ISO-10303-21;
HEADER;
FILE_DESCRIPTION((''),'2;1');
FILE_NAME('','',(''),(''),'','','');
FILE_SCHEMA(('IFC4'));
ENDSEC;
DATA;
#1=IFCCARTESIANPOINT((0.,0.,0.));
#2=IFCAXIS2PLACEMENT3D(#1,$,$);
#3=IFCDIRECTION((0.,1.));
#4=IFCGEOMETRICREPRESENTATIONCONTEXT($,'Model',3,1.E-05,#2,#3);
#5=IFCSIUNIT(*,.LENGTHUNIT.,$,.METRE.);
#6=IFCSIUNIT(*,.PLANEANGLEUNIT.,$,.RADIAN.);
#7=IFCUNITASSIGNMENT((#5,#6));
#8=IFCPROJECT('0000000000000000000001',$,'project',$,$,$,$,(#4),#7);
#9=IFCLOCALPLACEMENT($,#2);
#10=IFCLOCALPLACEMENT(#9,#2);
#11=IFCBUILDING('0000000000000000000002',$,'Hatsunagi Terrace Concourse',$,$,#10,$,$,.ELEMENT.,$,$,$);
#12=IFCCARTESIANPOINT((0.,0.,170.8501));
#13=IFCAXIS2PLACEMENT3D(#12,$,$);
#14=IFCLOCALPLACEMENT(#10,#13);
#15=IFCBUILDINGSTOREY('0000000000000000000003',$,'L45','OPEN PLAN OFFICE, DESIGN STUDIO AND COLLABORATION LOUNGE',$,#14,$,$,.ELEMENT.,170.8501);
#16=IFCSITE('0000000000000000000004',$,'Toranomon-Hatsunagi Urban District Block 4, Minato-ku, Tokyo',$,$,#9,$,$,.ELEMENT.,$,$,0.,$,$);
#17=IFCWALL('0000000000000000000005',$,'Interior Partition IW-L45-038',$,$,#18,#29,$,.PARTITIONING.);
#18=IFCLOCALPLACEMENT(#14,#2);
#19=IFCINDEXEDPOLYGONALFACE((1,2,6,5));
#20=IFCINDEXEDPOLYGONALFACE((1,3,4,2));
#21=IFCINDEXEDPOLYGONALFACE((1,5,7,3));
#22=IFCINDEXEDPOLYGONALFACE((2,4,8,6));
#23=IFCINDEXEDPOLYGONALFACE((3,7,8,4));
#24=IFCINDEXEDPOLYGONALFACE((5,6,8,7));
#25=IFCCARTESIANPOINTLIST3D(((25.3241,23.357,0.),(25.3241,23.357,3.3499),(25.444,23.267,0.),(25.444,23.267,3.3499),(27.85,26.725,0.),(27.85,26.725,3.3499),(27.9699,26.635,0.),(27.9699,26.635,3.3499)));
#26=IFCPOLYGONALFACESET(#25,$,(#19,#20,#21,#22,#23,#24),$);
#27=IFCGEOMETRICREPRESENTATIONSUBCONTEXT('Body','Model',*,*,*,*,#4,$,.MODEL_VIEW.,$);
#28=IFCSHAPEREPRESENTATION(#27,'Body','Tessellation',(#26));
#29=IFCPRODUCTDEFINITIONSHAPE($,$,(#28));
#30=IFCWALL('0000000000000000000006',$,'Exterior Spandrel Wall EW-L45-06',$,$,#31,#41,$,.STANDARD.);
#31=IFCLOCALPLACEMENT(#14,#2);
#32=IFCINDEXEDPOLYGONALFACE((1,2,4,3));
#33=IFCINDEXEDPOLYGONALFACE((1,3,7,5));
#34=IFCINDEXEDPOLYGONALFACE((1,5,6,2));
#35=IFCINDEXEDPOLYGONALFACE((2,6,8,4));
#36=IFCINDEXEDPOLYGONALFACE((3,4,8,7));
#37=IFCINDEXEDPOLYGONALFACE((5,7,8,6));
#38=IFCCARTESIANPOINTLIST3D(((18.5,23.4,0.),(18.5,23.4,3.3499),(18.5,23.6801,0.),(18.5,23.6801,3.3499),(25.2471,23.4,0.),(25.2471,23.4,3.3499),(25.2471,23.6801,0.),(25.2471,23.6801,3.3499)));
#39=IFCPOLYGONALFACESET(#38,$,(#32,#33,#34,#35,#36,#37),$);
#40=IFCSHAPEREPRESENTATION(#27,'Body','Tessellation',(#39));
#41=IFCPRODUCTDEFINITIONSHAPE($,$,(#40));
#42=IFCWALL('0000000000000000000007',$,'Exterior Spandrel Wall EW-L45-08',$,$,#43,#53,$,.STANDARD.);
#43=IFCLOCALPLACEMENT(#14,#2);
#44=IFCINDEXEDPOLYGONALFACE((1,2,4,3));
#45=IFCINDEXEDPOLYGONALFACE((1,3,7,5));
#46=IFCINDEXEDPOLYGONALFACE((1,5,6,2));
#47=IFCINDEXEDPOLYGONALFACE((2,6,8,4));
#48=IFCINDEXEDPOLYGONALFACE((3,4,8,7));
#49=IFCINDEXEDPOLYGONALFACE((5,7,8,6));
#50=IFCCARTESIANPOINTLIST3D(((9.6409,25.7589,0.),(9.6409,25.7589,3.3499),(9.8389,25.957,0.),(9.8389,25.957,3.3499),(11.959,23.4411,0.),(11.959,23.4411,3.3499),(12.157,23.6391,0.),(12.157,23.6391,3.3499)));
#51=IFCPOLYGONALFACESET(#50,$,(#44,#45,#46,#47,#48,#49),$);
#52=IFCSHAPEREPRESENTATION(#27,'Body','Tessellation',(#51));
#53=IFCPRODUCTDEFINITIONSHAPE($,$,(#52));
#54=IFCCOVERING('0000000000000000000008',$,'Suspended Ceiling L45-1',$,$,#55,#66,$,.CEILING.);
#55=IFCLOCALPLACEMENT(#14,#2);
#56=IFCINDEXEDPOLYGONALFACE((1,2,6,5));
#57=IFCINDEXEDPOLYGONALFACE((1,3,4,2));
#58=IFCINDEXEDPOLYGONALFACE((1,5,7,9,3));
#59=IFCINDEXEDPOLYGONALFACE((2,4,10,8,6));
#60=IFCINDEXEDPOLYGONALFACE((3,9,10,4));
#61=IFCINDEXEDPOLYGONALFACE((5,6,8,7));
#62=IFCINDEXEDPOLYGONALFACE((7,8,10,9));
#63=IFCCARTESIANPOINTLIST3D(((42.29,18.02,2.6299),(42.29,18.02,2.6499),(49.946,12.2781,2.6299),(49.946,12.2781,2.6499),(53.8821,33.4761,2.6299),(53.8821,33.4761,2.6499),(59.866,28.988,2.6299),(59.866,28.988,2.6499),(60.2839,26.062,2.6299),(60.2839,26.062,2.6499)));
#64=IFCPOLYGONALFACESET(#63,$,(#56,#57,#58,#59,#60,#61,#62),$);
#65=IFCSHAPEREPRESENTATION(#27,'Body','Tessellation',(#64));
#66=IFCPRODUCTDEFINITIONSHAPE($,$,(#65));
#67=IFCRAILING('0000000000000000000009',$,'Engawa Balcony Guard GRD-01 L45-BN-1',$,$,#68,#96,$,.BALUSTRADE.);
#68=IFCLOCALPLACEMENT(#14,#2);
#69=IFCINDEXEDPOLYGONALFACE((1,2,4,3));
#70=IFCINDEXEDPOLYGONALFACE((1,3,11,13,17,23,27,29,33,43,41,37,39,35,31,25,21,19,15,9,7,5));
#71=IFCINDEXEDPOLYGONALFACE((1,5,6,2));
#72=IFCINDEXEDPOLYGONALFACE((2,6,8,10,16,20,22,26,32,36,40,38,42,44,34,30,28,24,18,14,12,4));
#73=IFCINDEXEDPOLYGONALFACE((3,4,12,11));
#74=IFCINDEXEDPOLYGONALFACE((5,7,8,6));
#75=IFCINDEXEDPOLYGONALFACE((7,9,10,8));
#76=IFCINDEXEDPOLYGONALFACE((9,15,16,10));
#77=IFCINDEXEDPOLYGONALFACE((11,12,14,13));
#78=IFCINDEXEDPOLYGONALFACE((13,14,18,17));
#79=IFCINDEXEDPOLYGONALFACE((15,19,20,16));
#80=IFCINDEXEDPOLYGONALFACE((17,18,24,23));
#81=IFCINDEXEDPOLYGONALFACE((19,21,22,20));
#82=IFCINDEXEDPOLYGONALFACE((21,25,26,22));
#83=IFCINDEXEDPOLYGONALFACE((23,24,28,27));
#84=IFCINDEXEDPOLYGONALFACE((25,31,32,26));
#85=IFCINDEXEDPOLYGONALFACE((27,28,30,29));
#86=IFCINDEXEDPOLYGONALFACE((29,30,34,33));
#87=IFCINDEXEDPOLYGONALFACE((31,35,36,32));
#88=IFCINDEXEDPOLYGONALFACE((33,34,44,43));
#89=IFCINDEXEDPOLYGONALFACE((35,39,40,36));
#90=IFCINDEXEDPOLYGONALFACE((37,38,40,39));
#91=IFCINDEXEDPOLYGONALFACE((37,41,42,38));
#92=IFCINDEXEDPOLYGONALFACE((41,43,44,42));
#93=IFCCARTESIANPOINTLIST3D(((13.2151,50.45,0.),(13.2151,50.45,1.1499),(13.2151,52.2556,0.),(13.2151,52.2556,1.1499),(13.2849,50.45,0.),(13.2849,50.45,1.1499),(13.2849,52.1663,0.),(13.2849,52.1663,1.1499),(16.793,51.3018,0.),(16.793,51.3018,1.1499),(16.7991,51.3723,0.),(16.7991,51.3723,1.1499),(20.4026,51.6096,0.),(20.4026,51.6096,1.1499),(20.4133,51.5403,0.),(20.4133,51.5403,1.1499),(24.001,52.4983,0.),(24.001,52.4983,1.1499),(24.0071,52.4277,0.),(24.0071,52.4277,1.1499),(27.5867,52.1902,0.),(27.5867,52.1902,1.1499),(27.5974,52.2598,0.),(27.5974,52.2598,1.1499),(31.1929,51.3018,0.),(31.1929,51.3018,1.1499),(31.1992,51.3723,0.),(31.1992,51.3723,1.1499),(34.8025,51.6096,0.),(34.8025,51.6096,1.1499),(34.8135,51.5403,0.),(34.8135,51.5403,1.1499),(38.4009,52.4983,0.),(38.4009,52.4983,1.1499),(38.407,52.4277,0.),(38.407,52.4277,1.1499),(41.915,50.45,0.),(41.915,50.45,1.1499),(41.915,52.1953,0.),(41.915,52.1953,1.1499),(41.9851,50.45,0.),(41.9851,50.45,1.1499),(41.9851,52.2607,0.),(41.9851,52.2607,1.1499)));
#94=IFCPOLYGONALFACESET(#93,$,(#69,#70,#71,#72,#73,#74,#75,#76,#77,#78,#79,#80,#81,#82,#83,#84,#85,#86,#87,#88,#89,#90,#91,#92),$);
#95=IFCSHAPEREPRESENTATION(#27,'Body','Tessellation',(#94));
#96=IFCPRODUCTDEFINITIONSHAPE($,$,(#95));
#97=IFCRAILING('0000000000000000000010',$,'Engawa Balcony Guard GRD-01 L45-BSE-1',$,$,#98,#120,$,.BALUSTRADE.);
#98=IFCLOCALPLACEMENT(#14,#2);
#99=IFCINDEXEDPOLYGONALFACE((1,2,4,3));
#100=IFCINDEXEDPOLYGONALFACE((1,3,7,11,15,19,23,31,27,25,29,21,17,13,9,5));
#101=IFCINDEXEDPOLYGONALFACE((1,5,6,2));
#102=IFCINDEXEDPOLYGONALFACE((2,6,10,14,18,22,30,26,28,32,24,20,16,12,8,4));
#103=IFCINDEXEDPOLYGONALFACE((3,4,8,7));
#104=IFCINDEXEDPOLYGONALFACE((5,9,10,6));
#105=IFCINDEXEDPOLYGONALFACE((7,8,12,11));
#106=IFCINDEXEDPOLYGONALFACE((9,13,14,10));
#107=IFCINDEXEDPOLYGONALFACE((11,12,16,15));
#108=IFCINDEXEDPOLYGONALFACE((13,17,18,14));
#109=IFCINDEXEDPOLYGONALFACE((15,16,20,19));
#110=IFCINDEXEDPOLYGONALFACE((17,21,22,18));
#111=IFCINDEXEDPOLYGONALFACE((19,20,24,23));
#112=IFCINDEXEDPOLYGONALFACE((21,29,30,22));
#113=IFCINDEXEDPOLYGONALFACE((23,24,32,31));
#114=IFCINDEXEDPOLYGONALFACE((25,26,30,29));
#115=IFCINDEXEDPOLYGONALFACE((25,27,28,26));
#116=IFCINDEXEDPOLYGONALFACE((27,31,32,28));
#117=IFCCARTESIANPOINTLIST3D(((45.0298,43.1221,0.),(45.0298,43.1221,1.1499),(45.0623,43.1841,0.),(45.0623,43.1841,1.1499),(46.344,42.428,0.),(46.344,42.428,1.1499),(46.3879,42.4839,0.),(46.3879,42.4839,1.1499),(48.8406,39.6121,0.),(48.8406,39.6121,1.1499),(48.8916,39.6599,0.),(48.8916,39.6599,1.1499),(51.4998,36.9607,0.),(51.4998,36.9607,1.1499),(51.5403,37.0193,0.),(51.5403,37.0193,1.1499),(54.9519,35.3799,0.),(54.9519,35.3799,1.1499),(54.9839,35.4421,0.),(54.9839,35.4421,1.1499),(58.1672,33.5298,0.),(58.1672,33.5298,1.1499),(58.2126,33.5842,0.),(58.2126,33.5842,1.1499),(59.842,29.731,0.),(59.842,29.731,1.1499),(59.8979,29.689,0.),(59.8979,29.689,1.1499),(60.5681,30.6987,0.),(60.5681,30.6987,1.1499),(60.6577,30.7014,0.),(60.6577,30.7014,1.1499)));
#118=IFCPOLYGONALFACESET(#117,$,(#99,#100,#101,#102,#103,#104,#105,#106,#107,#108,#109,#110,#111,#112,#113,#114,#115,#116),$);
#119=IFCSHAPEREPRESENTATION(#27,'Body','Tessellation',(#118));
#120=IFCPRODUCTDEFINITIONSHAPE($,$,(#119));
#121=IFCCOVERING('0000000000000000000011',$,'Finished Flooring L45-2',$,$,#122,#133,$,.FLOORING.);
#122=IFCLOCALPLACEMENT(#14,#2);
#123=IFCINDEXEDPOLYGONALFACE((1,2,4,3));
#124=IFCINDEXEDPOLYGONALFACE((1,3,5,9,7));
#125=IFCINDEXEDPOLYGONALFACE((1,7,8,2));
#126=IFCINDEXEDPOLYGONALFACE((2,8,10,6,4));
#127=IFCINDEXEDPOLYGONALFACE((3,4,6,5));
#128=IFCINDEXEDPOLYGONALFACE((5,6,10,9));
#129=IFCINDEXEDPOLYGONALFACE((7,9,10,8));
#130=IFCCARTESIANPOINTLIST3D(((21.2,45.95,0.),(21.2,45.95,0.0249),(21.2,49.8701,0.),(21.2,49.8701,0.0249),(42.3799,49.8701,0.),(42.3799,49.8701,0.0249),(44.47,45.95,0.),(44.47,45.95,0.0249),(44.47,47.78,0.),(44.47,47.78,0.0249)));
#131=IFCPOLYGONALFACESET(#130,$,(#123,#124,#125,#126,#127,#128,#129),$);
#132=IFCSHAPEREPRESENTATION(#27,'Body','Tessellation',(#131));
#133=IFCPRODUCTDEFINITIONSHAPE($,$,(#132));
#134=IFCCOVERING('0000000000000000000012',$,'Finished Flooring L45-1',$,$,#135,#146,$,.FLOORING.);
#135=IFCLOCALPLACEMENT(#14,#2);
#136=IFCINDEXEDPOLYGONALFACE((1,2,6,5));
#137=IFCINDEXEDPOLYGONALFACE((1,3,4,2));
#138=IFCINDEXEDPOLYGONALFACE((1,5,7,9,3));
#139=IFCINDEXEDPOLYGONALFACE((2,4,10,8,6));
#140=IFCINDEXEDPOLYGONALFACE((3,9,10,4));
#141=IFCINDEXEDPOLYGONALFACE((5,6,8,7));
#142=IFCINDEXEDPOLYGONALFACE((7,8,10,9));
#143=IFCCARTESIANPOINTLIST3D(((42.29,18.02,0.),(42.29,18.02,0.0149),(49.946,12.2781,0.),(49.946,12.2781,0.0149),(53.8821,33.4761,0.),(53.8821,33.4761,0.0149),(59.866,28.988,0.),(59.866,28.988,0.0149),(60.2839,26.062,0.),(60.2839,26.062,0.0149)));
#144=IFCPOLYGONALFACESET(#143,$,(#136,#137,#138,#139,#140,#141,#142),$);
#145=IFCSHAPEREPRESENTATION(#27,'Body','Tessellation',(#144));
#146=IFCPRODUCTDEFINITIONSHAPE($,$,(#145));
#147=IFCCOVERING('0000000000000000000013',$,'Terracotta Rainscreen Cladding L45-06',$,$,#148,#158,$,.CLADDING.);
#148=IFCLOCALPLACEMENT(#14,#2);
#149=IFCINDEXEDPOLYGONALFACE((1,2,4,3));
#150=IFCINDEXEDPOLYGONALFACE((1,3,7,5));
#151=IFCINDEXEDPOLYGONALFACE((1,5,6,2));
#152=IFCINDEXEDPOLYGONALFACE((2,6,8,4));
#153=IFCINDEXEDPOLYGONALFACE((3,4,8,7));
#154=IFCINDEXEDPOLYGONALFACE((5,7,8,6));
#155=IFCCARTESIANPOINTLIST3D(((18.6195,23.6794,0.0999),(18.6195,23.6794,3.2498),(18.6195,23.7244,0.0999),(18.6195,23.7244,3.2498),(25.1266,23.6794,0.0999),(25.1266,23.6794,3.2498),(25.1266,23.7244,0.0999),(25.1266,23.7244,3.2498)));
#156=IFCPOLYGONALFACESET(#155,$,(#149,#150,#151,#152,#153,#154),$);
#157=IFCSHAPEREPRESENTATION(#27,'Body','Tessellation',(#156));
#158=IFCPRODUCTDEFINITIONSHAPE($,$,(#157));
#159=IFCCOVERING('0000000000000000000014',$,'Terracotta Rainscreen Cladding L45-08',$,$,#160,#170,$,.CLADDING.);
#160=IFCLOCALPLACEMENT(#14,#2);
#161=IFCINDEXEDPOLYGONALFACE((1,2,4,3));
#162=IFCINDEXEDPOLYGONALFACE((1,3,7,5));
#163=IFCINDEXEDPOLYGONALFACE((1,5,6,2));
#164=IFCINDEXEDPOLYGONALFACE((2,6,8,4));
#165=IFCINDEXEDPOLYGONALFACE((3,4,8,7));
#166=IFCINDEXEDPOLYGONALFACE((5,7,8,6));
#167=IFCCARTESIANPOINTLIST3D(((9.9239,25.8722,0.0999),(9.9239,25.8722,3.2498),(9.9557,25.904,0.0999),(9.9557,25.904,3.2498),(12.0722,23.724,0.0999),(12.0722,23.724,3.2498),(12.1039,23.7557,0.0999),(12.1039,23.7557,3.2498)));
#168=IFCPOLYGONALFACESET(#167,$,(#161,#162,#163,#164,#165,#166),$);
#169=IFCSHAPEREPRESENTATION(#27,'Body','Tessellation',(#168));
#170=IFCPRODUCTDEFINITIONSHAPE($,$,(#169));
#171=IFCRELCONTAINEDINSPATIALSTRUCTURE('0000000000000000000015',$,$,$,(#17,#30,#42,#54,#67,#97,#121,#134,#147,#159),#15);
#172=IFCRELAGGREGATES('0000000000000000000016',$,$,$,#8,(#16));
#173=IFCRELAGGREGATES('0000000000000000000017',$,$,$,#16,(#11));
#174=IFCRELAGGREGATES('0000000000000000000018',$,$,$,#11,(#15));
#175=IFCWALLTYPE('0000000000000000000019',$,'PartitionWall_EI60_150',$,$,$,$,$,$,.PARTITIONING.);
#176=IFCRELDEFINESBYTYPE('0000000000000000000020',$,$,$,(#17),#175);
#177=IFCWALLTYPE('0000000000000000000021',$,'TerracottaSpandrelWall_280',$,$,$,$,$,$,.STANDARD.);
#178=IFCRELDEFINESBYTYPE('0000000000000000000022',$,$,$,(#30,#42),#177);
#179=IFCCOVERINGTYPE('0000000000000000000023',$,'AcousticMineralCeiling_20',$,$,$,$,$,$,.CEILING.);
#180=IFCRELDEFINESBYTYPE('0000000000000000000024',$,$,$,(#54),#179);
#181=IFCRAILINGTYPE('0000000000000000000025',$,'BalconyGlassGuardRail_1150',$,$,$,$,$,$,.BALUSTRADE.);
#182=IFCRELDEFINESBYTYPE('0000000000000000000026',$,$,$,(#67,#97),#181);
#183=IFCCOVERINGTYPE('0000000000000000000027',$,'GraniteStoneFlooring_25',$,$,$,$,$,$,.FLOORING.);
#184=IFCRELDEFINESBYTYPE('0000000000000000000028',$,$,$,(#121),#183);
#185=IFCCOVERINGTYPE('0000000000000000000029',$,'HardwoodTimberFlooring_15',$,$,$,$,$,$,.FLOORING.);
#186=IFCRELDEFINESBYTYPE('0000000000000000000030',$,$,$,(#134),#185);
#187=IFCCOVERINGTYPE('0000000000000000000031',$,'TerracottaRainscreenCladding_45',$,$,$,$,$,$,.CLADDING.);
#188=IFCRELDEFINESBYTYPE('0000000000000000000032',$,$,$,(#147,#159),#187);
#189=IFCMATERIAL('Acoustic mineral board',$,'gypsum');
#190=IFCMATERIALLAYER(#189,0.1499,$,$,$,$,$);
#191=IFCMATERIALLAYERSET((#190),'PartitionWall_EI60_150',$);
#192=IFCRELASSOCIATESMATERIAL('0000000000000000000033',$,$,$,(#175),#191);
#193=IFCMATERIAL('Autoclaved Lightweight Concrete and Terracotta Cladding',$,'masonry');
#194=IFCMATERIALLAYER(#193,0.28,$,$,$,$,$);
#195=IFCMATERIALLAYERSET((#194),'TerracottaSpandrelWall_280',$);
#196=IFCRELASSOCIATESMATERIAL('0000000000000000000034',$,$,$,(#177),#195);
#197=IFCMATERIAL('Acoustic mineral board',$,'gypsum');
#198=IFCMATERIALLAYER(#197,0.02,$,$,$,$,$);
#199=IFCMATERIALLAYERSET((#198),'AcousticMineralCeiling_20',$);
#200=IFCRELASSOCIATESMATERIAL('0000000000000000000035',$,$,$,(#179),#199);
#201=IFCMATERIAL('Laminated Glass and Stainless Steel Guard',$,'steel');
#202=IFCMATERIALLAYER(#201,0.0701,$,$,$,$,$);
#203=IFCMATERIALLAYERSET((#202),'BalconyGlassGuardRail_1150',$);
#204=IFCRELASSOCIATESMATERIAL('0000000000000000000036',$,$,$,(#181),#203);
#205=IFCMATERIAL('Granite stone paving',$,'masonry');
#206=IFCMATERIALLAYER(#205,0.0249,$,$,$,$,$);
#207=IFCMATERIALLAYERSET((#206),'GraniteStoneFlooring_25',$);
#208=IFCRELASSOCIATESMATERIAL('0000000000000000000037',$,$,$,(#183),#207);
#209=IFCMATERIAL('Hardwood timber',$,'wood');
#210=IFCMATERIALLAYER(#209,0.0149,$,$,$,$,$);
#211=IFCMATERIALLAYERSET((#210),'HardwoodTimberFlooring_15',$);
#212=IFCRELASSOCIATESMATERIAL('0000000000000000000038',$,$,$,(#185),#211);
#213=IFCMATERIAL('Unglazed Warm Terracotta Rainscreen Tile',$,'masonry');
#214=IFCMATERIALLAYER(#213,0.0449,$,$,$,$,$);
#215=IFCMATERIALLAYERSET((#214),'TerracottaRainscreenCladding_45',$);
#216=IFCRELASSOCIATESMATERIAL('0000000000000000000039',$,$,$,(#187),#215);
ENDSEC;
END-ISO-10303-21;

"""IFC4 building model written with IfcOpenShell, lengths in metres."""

from ifc_helpers import new_model, si_unit, direction, frame, frame_2d, origin, origin_2d, place, context, subcontext, project, spatial, polyline, rectangle, outline, extrude, material, layer, layer_set, type_object, element, save


model = new_model("IFC4")

# Units and contexts
model_context = context("Model", 3, precision=1e-05, world=origin(), true_north=direction((0.0, 1.0)))
body_context = subcontext(model_context, "Body", "Model", "MODEL_VIEW")
ifc_project = project(units=[si_unit("LENGTHUNIT", "METRE"), si_unit("PLANEANGLEUNIT", "RADIAN")], contexts=[model_context])

# Site, building, storey
site_placement = place(None, origin())
site = spatial("IfcSite", under=ifc_project, at=site_placement, Name="Toranomon-Hatsunagi Urban District Block 4, Minato-ku, Tokyo", CompositionType="ELEMENT", RefElevation=0.0)
building_placement = place(site_placement, origin())
building = spatial("IfcBuilding", under=site, at=building_placement, Name="Hatsunagi Terrace Concourse", CompositionType="ELEMENT")
storey_placement = place(building_placement, frame((0.0, 0.0, 170.8501)))
storey = spatial("IfcBuildingStorey", under=building, at=storey_placement, Name="L45", Description="OPEN PLAN OFFICE, DESIGN STUDIO AND COLLABORATION LOUNGE", CompositionType="ELEMENT", Elevation=170.8501)

# Shared definitions
ifc_material_1 = material(Name="Acoustic mineral board", Category="gypsum")
ifc_layer_1 = layer(ifc_material_1, 0.1499)
ifc_layer_set_1 = layer_set([ifc_layer_1], Name="PartitionWall_EI60_150")
wall_type_1 = type_object("IfcWallType", Name="PartitionWall_EI60_150", PredefinedType="PARTITIONING", material=ifc_layer_set_1)

# Walls
wall_1_placement = place(storey_placement, frame((25.384, 23.312, 0.0), z_axis=(0.0, 0.0, 1.0), x_axis=(0.599991, 0.800007, 0.0)))
element("IfcWall", 1, at=wall_1_placement, inside=storey, type_object=wall_type_1, Name="Interior Partition IW-L45-038", PredefinedType="PARTITIONING", context=body_context, shape_type="SweptSolid", body=[
    extrude(rectangle(XDim=4.21, YDim=0.1499, at=frame_2d((2.105, 0.0))), origin(), (0.0, 0.0, 1.0), 3.3499),
])
ifc_material_2 = material(Name="Autoclaved Lightweight Concrete and Terracotta Cladding", Category="masonry")
ifc_layer_2 = layer(ifc_material_2, 0.28)
ifc_layer_set_2 = layer_set([ifc_layer_2], Name="TerracottaSpandrelWall_280")
wall_type_2 = type_object("IfcWallType", Name="TerracottaSpandrelWall_280", PredefinedType="STANDARD", material=ifc_layer_set_2)
wall_2_placement = place(storey_placement, frame((25.2471, 23.54, 0.0), z_axis=(0.0, 0.0, 1.0), x_axis=(-1.0, 0.0, 0.0)))
element("IfcWall", 2, at=wall_2_placement, inside=storey, type_object=wall_type_2, Name="Exterior Spandrel Wall EW-L45-06", PredefinedType="STANDARD", context=body_context, shape_type="SweptSolid", body=[
    extrude(rectangle(XDim=6.7471, YDim=0.28, at=frame_2d((3.3735, 0.0))), origin(), (0.0, 0.0, 1.0), 3.3499),
])
wall_3_placement = place(storey_placement, frame((12.0581, 23.54, 0.0), z_axis=(0.0, 0.0, 1.0), x_axis=(-0.707144, 0.70707, 0.0)))
element("IfcWall", 3, at=wall_3_placement, inside=storey, type_object=wall_type_2, Name="Exterior Spandrel Wall EW-L45-08", PredefinedType="STANDARD", context=body_context, shape_type="SweptSolid", body=[
    extrude(rectangle(XDim=3.2781, YDim=0.28, at=frame_2d((1.6392, 0.0))), origin(), (0.0, 0.0, 1.0), 3.3499),
])

# Covering
ifc_material_3 = material(Name="Acoustic mineral board", Category="gypsum")
ifc_layer_3 = layer(ifc_material_3, 0.02)
ifc_layer_set_3 = layer_set([ifc_layer_3], Name="AcousticMineralCeiling_20")
covering_type_1 = type_object("IfcCoveringType", Name="AcousticMineralCeiling_20", PredefinedType="CEILING", material=ifc_layer_set_3)
covering_1_placement = place(storey_placement, frame((0.0, 0.0, 2.6299)))
element("IfcCovering", 4, at=covering_1_placement, inside=storey, type_object=covering_type_1, Name="Suspended Ceiling L45-1", PredefinedType="CEILING", context=body_context, shape_type="SweptSolid", body=[
    extrude(outline(polyline([(59.866, 28.988), (53.8821, 33.4761), (42.29, 18.02), (49.946, 12.2781), (60.2839, 26.062), (59.866, 28.988)])), origin(), (0.0, 0.0, 1.0), 0.02),
])

# Railings
ifc_material_4 = material(Name="Laminated Glass and Stainless Steel Guard", Category="steel")
ifc_layer_4 = layer(ifc_material_4, 0.0701)
ifc_layer_set_4 = layer_set([ifc_layer_4], Name="BalconyGlassGuardRail_1150")
railing_type = type_object("IfcRailingType", Name="BalconyGlassGuardRail_1150", PredefinedType="BALUSTRADE", material=ifc_layer_set_4)
railing_1_placement = place(storey_placement, origin())
element("IfcRailing", 5, at=railing_1_placement, inside=storey, type_object=railing_type, Name="Engawa Balcony Guard GRD-01 L45-BN-1", PredefinedType="BALUSTRADE", context=body_context, shape_type="SweptSolid", body=[
    extrude(outline(polyline([(13.2151, 50.45), (13.2849, 50.45), (13.2849, 52.1663), (16.793, 51.3018), (20.4133, 51.5403), (24.0071, 52.4277), (27.5867, 52.1902), (31.1929, 51.3018), (34.8135, 51.5403), (38.407, 52.4277), (41.915, 52.1953), (41.915, 50.45), (41.9851, 50.45), (41.9851, 52.2607), (38.4009, 52.4983), (34.8025, 51.6096), (31.1992, 51.3723), (27.5974, 52.2598), (24.001, 52.4983), (20.4026, 51.6096), (16.7991, 51.3723), (13.2151, 52.2556), (13.2151, 50.45)])), origin(), (0.0, 0.0, 1.0), 1.1499),
])
railing_2_placement = place(storey_placement, origin())
element("IfcRailing", 6, at=railing_2_placement, inside=storey, type_object=railing_type, Name="Engawa Balcony Guard GRD-01 L45-BSE-1", PredefinedType="BALUSTRADE", context=body_context, shape_type="SweptSolid", body=[
    extrude(outline(polyline([(45.0623, 43.1841), (45.0298, 43.1221), (46.344, 42.428), (48.8406, 39.6121), (51.4998, 36.9607), (54.9519, 35.3799), (58.1672, 33.5298), (60.5681, 30.6987), (59.842, 29.731), (59.8979, 29.689), (60.6577, 30.7014), (58.2126, 33.5842), (54.9839, 35.4421), (51.5403, 37.0193), (48.8916, 39.6599), (46.3879, 42.4839), (45.0623, 43.1841)])), origin(), (0.0, 0.0, 1.0), 1.1499),
])

# Coverings
ifc_material_5 = material(Name="Granite stone paving", Category="masonry")
ifc_layer_5 = layer(ifc_material_5, 0.0249)
ifc_layer_set_5 = layer_set([ifc_layer_5], Name="GraniteStoneFlooring_25")
covering_type_2 = type_object("IfcCoveringType", Name="GraniteStoneFlooring_25", PredefinedType="FLOORING", material=ifc_layer_set_5)
covering_2_placement = place(storey_placement, origin())
element("IfcCovering", 7, at=covering_2_placement, inside=storey, type_object=covering_type_2, Name="Finished Flooring L45-2", PredefinedType="FLOORING", context=body_context, shape_type="SweptSolid", body=[
    extrude(outline(polyline([(42.3799, 49.8701), (21.2, 49.8701), (21.2, 45.95), (44.47, 45.95), (44.47, 47.78), (42.3799, 49.8701)])), origin(), (0.0, 0.0, 1.0), 0.0249),
])
ifc_material_6 = material(Name="Hardwood timber", Category="wood")
ifc_layer_6 = layer(ifc_material_6, 0.0149)
ifc_layer_set_6 = layer_set([ifc_layer_6], Name="HardwoodTimberFlooring_15")
covering_type_3 = type_object("IfcCoveringType", Name="HardwoodTimberFlooring_15", PredefinedType="FLOORING", material=ifc_layer_set_6)
covering_3_placement = place(storey_placement, origin())
element("IfcCovering", 8, at=covering_3_placement, inside=storey, type_object=covering_type_3, Name="Finished Flooring L45-1", PredefinedType="FLOORING", context=body_context, shape_type="SweptSolid", body=[
    extrude(outline(polyline([(59.866, 28.988), (53.8821, 33.4761), (42.29, 18.02), (49.946, 12.2781), (60.2839, 26.062), (59.866, 28.988)])), origin(), (0.0, 0.0, 1.0), 0.0149),
])
ifc_material_7 = material(Name="Unglazed Warm Terracotta Rainscreen Tile", Category="masonry")
ifc_layer_7 = layer(ifc_material_7, 0.0449)
ifc_layer_set_7 = layer_set([ifc_layer_7], Name="TerracottaRainscreenCladding_45")
covering_type_4 = type_object("IfcCoveringType", Name="TerracottaRainscreenCladding_45", PredefinedType="CLADDING", material=ifc_layer_set_7)
covering_4_placement = place(storey_placement, frame((21.873, 23.7019, 0.0999), z_axis=(0.0, 0.0, 1.0), x_axis=(-1.0, 0.0, 0.0)))
element("IfcCovering", 9, at=covering_4_placement, inside=storey, type_object=covering_type_4, Name="Terracotta Rainscreen Cladding L45-06", PredefinedType="CLADDING", context=body_context, shape_type="SweptSolid", body=[
    extrude(rectangle(XDim=6.5071, YDim=0.0449, at=origin_2d()), origin(), (0.0, 0.0, 1.0), 3.1499),
])
covering_5_placement = place(storey_placement, frame((11.0139, 24.814, 0.0999), z_axis=(0.0, 0.0, 1.0), x_axis=(-0.707107, 0.707107, 0.0)))
element("IfcCovering", 10, at=covering_5_placement, inside=storey, type_object=covering_type_4, Name="Terracotta Rainscreen Cladding L45-08", PredefinedType="CLADDING", context=body_context, shape_type="SweptSolid", body=[
    extrude(rectangle(XDim=3.0381, YDim=0.0449, at=origin_2d()), origin(), (0.0, 0.0, 1.0), 3.1499),
])

save(model, "model.ifc")
